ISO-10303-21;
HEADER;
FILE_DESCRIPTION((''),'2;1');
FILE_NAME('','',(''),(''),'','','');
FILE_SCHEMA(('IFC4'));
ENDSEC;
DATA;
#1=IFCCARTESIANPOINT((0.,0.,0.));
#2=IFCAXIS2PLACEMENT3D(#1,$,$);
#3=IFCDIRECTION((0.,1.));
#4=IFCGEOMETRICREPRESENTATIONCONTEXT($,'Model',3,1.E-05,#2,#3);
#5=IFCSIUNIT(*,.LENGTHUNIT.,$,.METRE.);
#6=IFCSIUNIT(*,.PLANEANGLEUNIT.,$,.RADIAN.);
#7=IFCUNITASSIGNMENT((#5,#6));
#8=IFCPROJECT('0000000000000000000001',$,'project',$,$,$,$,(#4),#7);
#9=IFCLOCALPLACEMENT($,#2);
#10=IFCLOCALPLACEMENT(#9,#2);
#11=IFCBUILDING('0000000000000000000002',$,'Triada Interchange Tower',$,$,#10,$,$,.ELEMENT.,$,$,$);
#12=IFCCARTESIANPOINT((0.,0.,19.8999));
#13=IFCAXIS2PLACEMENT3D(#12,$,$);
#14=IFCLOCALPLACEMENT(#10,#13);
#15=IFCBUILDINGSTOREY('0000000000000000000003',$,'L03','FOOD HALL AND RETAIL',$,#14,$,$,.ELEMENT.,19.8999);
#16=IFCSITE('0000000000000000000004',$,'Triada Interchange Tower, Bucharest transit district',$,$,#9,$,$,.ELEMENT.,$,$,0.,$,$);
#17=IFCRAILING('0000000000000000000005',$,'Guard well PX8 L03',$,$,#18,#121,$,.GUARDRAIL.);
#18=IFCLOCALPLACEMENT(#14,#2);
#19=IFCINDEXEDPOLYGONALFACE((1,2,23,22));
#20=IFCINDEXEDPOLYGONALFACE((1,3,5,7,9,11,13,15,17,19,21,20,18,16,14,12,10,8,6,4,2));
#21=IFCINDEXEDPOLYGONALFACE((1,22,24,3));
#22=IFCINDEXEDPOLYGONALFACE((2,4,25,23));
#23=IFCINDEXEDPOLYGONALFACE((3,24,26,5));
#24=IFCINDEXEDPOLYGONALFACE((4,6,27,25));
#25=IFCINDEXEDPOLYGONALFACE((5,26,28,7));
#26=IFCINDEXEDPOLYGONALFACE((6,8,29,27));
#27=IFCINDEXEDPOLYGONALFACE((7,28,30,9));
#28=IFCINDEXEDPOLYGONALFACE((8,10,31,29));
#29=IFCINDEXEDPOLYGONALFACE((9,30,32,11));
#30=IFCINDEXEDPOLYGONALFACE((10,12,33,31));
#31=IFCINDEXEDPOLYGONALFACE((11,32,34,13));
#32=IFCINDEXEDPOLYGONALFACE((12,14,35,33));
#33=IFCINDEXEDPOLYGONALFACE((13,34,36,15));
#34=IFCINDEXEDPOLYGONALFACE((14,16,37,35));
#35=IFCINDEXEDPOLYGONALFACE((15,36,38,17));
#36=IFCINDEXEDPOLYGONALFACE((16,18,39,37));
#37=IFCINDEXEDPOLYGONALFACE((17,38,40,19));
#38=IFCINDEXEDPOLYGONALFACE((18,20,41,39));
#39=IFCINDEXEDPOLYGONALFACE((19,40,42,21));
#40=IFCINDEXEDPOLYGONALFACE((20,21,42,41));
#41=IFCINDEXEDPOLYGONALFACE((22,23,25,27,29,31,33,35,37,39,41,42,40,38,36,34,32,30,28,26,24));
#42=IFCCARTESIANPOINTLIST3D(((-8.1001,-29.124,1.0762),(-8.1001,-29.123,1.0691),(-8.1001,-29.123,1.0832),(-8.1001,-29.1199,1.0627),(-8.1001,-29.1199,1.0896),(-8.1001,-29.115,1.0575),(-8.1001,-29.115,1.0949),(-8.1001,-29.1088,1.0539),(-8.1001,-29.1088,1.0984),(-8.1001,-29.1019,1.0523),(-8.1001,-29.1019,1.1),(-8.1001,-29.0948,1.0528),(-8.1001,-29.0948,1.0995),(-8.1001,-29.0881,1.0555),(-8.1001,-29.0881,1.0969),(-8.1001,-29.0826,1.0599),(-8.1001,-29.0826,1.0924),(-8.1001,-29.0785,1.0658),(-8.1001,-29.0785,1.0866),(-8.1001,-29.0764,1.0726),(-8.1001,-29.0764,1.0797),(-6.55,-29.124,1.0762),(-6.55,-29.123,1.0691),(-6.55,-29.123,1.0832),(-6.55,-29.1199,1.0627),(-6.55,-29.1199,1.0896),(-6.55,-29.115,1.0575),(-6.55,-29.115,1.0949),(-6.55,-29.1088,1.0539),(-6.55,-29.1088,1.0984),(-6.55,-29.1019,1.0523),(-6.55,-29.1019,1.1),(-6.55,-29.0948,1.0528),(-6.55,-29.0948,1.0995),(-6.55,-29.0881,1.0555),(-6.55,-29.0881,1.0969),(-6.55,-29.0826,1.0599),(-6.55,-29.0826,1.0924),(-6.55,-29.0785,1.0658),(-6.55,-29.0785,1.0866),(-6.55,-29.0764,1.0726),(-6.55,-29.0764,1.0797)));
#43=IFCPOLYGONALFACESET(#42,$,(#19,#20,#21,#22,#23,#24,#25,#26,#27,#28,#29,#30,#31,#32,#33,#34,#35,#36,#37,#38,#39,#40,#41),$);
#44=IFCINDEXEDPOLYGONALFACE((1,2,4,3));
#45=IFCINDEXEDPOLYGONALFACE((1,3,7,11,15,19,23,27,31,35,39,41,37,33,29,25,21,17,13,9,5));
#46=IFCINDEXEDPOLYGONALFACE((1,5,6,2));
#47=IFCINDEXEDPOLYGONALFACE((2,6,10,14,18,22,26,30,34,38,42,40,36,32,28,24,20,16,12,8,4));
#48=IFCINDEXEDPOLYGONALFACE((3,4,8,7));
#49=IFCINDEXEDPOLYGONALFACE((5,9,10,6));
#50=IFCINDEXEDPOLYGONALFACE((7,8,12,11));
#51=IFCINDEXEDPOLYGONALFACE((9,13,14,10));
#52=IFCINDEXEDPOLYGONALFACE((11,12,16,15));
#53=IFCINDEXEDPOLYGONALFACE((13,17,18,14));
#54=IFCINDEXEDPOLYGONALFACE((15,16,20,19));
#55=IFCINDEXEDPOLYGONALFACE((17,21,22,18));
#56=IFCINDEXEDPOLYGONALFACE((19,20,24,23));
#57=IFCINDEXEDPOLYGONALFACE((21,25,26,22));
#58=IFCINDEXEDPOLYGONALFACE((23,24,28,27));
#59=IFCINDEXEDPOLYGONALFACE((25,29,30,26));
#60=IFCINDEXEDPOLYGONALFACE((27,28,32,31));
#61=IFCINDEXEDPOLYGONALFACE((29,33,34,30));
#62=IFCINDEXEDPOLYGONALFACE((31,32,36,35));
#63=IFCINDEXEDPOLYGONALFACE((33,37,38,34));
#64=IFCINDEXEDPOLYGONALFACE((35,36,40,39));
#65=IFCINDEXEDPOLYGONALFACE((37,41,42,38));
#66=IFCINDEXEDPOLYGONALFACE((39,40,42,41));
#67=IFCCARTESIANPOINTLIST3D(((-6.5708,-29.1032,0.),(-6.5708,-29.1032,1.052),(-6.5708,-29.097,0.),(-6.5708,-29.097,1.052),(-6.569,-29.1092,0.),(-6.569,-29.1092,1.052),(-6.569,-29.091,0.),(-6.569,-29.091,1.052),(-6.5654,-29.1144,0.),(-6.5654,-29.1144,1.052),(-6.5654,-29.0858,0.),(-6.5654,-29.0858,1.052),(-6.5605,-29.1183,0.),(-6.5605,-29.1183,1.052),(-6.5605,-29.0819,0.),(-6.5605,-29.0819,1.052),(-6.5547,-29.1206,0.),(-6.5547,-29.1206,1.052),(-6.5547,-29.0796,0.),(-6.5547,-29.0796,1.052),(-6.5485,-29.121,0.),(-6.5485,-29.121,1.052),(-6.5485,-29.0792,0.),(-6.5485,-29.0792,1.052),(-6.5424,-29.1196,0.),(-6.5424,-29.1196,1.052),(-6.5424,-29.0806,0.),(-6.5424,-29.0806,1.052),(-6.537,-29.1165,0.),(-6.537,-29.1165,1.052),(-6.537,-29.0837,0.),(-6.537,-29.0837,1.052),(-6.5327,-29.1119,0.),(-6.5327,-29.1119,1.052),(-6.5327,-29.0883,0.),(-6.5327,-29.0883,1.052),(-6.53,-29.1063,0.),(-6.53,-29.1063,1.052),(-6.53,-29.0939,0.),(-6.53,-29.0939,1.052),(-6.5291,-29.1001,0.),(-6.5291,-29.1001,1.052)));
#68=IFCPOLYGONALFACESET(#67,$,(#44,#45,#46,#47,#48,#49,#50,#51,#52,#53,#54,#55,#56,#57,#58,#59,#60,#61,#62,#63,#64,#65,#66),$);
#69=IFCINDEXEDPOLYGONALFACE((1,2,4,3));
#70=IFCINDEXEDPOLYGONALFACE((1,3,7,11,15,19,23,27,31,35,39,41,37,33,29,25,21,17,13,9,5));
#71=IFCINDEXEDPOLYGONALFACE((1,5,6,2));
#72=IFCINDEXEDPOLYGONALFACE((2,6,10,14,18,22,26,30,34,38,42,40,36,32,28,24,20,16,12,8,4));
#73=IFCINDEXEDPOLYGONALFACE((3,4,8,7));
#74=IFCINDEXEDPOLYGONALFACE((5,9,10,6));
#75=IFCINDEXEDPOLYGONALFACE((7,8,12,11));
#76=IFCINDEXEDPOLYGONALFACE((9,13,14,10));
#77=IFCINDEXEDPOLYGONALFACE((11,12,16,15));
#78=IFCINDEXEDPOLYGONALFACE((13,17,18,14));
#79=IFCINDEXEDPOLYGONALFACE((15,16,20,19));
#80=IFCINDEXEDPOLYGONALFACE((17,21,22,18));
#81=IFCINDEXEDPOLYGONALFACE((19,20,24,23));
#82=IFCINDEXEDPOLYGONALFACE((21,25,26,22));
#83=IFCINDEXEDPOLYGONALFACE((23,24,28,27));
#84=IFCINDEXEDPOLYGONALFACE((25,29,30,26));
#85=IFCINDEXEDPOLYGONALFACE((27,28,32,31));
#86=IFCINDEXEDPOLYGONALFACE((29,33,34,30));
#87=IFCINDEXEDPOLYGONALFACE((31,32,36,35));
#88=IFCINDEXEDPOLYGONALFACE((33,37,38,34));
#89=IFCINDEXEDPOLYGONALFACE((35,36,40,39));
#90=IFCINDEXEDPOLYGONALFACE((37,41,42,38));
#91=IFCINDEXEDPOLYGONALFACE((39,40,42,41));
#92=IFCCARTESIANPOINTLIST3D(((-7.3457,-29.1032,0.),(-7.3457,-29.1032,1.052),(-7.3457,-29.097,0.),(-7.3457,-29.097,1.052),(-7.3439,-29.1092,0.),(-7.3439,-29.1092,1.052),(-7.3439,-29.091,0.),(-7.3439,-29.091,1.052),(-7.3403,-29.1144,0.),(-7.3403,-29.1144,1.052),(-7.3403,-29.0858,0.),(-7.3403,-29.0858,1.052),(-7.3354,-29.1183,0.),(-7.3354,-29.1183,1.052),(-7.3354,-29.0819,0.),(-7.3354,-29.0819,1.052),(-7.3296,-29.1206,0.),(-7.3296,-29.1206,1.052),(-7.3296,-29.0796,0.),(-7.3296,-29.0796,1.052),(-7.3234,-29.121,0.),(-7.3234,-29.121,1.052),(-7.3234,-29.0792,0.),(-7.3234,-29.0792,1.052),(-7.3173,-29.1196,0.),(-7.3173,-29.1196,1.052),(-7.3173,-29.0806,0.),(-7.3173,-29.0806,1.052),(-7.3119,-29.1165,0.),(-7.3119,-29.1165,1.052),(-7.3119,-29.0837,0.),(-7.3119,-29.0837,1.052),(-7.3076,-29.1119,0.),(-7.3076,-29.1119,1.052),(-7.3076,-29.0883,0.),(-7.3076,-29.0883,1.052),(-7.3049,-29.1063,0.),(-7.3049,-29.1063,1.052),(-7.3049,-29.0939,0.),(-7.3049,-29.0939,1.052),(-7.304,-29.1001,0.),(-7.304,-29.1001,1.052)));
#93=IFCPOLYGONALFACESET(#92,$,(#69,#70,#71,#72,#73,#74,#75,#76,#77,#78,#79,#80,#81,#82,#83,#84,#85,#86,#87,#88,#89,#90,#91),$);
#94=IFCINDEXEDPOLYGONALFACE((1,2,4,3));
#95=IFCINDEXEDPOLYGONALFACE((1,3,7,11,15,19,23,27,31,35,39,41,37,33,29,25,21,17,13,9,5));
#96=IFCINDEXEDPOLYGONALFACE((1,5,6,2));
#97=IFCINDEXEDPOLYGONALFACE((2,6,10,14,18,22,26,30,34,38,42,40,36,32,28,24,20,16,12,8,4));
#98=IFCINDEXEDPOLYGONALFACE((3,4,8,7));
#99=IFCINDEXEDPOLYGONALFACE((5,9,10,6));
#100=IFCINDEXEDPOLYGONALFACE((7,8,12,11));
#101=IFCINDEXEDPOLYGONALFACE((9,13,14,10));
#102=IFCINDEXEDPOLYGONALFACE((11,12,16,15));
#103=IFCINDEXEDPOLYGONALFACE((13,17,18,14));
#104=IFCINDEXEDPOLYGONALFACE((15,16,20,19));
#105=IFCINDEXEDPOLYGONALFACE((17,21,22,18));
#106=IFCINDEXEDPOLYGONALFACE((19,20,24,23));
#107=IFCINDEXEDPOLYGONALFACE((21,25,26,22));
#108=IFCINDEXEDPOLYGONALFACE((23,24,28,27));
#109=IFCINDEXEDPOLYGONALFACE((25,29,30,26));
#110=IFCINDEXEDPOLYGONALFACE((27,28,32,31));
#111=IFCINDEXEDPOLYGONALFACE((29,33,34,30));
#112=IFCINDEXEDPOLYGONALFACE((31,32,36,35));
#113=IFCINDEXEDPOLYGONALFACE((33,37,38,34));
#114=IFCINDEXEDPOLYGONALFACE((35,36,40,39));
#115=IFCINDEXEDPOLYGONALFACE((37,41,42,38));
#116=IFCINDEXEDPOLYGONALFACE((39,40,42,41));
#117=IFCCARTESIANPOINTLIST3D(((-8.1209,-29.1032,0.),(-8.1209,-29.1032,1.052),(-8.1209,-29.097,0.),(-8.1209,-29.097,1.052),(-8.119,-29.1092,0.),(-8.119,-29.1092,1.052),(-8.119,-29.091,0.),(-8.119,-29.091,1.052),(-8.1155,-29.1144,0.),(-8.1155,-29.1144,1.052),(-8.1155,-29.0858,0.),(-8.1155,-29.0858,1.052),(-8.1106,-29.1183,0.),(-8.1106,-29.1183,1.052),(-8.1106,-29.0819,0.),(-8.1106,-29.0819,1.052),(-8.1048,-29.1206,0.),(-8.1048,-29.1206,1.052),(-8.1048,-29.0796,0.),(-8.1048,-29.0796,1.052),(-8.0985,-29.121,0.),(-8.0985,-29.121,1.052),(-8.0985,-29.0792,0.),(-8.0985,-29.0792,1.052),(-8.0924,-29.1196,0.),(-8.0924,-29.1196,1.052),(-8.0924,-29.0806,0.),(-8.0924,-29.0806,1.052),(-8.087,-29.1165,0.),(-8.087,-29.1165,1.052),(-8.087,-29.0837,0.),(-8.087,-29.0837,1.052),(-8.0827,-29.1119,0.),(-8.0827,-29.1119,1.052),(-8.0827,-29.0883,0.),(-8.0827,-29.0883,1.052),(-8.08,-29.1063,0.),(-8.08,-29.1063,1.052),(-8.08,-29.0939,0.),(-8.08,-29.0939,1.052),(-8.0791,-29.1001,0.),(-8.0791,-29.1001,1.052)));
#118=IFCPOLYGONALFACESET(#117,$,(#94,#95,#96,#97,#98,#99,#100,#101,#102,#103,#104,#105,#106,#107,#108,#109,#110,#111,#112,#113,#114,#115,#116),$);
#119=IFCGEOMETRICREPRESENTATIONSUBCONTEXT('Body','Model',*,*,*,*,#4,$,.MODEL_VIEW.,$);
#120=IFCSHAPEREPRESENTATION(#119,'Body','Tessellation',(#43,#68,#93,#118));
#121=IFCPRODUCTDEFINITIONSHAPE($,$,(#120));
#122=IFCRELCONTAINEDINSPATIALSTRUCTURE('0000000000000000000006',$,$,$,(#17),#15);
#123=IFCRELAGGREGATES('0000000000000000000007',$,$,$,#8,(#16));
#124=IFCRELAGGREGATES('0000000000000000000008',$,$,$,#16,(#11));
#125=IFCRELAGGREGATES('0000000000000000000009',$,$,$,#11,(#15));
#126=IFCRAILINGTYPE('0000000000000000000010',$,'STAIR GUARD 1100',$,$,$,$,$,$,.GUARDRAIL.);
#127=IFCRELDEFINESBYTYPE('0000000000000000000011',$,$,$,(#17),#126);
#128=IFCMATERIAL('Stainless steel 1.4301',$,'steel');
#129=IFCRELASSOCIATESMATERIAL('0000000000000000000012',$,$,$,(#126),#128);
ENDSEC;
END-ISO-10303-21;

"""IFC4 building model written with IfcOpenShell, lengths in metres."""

from ifc_helpers import new_model, si_unit, direction, frame, origin, origin_2d, place, context, subcontext, project, spatial, circle, extrude, material, type_object, element, save


model = new_model("IFC4")

# Units and contexts
model_context = context("Model", 3, precision=1e-05, world=origin(), true_north=direction((0.0, 1.0)))
body_context = subcontext(model_context, "Body", "Model", "MODEL_VIEW")
ifc_project = project(units=[si_unit("LENGTHUNIT", "METRE"), si_unit("PLANEANGLEUNIT", "RADIAN")], contexts=[model_context])

# Site, building, storey
site_placement = place(None, origin())
site = spatial("IfcSite", under=ifc_project, at=site_placement, Name="Triada Interchange Tower, Bucharest transit district", CompositionType="ELEMENT", RefElevation=0.0)
building_placement = place(site_placement, origin())
building = spatial("IfcBuilding", under=site, at=building_placement, Name="Triada Interchange Tower", CompositionType="ELEMENT")
storey_placement = place(building_placement, frame((0.0, 0.0, 19.8999)))
storey = spatial("IfcBuildingStorey", under=building, at=storey_placement, Name="L03", Description="FOOD HALL AND RETAIL", CompositionType="ELEMENT", Elevation=19.8999)

# Railing
ifc_material_1 = material(Name="Stainless steel 1.4301", Category="steel")
railing_type = type_object("IfcRailingType", Name="STAIR GUARD 1100", PredefinedType="GUARDRAIL", material=ifc_material_1)
railing_placement = place(storey_placement, frame((-6.55, -29.1001, 0.0)))
element("IfcRailing", 1, at=railing_placement, inside=storey, type_object=railing_type, Name="Guard well PX8 L03", PredefinedType="GUARDRAIL", context=body_context, shape_type="SweptSolid", body=[
    extrude(circle(Radius=0.0239, at=origin_2d()), frame((0.0, 0.0, 1.0762), z_axis=(-1.0, 0.0, 0.0), x_axis=(0.0, -1.0, 0.0)), (0.0, 0.0, 1.0), 1.55),
    extrude(circle(Radius=0.021, at=origin_2d()), origin(), (0.0, 0.0, 1.0), 1.052),
    extrude(circle(Radius=0.021, at=origin_2d()), frame((-0.7749, 0.0, 0.0)), (0.0, 0.0, 1.0), 1.052),
    extrude(circle(Radius=0.021, at=origin_2d()), frame((-1.55, 0.0, 0.0)), (0.0, 0.0, 1.0), 1.052),
])

save(model, "model.ifc")
